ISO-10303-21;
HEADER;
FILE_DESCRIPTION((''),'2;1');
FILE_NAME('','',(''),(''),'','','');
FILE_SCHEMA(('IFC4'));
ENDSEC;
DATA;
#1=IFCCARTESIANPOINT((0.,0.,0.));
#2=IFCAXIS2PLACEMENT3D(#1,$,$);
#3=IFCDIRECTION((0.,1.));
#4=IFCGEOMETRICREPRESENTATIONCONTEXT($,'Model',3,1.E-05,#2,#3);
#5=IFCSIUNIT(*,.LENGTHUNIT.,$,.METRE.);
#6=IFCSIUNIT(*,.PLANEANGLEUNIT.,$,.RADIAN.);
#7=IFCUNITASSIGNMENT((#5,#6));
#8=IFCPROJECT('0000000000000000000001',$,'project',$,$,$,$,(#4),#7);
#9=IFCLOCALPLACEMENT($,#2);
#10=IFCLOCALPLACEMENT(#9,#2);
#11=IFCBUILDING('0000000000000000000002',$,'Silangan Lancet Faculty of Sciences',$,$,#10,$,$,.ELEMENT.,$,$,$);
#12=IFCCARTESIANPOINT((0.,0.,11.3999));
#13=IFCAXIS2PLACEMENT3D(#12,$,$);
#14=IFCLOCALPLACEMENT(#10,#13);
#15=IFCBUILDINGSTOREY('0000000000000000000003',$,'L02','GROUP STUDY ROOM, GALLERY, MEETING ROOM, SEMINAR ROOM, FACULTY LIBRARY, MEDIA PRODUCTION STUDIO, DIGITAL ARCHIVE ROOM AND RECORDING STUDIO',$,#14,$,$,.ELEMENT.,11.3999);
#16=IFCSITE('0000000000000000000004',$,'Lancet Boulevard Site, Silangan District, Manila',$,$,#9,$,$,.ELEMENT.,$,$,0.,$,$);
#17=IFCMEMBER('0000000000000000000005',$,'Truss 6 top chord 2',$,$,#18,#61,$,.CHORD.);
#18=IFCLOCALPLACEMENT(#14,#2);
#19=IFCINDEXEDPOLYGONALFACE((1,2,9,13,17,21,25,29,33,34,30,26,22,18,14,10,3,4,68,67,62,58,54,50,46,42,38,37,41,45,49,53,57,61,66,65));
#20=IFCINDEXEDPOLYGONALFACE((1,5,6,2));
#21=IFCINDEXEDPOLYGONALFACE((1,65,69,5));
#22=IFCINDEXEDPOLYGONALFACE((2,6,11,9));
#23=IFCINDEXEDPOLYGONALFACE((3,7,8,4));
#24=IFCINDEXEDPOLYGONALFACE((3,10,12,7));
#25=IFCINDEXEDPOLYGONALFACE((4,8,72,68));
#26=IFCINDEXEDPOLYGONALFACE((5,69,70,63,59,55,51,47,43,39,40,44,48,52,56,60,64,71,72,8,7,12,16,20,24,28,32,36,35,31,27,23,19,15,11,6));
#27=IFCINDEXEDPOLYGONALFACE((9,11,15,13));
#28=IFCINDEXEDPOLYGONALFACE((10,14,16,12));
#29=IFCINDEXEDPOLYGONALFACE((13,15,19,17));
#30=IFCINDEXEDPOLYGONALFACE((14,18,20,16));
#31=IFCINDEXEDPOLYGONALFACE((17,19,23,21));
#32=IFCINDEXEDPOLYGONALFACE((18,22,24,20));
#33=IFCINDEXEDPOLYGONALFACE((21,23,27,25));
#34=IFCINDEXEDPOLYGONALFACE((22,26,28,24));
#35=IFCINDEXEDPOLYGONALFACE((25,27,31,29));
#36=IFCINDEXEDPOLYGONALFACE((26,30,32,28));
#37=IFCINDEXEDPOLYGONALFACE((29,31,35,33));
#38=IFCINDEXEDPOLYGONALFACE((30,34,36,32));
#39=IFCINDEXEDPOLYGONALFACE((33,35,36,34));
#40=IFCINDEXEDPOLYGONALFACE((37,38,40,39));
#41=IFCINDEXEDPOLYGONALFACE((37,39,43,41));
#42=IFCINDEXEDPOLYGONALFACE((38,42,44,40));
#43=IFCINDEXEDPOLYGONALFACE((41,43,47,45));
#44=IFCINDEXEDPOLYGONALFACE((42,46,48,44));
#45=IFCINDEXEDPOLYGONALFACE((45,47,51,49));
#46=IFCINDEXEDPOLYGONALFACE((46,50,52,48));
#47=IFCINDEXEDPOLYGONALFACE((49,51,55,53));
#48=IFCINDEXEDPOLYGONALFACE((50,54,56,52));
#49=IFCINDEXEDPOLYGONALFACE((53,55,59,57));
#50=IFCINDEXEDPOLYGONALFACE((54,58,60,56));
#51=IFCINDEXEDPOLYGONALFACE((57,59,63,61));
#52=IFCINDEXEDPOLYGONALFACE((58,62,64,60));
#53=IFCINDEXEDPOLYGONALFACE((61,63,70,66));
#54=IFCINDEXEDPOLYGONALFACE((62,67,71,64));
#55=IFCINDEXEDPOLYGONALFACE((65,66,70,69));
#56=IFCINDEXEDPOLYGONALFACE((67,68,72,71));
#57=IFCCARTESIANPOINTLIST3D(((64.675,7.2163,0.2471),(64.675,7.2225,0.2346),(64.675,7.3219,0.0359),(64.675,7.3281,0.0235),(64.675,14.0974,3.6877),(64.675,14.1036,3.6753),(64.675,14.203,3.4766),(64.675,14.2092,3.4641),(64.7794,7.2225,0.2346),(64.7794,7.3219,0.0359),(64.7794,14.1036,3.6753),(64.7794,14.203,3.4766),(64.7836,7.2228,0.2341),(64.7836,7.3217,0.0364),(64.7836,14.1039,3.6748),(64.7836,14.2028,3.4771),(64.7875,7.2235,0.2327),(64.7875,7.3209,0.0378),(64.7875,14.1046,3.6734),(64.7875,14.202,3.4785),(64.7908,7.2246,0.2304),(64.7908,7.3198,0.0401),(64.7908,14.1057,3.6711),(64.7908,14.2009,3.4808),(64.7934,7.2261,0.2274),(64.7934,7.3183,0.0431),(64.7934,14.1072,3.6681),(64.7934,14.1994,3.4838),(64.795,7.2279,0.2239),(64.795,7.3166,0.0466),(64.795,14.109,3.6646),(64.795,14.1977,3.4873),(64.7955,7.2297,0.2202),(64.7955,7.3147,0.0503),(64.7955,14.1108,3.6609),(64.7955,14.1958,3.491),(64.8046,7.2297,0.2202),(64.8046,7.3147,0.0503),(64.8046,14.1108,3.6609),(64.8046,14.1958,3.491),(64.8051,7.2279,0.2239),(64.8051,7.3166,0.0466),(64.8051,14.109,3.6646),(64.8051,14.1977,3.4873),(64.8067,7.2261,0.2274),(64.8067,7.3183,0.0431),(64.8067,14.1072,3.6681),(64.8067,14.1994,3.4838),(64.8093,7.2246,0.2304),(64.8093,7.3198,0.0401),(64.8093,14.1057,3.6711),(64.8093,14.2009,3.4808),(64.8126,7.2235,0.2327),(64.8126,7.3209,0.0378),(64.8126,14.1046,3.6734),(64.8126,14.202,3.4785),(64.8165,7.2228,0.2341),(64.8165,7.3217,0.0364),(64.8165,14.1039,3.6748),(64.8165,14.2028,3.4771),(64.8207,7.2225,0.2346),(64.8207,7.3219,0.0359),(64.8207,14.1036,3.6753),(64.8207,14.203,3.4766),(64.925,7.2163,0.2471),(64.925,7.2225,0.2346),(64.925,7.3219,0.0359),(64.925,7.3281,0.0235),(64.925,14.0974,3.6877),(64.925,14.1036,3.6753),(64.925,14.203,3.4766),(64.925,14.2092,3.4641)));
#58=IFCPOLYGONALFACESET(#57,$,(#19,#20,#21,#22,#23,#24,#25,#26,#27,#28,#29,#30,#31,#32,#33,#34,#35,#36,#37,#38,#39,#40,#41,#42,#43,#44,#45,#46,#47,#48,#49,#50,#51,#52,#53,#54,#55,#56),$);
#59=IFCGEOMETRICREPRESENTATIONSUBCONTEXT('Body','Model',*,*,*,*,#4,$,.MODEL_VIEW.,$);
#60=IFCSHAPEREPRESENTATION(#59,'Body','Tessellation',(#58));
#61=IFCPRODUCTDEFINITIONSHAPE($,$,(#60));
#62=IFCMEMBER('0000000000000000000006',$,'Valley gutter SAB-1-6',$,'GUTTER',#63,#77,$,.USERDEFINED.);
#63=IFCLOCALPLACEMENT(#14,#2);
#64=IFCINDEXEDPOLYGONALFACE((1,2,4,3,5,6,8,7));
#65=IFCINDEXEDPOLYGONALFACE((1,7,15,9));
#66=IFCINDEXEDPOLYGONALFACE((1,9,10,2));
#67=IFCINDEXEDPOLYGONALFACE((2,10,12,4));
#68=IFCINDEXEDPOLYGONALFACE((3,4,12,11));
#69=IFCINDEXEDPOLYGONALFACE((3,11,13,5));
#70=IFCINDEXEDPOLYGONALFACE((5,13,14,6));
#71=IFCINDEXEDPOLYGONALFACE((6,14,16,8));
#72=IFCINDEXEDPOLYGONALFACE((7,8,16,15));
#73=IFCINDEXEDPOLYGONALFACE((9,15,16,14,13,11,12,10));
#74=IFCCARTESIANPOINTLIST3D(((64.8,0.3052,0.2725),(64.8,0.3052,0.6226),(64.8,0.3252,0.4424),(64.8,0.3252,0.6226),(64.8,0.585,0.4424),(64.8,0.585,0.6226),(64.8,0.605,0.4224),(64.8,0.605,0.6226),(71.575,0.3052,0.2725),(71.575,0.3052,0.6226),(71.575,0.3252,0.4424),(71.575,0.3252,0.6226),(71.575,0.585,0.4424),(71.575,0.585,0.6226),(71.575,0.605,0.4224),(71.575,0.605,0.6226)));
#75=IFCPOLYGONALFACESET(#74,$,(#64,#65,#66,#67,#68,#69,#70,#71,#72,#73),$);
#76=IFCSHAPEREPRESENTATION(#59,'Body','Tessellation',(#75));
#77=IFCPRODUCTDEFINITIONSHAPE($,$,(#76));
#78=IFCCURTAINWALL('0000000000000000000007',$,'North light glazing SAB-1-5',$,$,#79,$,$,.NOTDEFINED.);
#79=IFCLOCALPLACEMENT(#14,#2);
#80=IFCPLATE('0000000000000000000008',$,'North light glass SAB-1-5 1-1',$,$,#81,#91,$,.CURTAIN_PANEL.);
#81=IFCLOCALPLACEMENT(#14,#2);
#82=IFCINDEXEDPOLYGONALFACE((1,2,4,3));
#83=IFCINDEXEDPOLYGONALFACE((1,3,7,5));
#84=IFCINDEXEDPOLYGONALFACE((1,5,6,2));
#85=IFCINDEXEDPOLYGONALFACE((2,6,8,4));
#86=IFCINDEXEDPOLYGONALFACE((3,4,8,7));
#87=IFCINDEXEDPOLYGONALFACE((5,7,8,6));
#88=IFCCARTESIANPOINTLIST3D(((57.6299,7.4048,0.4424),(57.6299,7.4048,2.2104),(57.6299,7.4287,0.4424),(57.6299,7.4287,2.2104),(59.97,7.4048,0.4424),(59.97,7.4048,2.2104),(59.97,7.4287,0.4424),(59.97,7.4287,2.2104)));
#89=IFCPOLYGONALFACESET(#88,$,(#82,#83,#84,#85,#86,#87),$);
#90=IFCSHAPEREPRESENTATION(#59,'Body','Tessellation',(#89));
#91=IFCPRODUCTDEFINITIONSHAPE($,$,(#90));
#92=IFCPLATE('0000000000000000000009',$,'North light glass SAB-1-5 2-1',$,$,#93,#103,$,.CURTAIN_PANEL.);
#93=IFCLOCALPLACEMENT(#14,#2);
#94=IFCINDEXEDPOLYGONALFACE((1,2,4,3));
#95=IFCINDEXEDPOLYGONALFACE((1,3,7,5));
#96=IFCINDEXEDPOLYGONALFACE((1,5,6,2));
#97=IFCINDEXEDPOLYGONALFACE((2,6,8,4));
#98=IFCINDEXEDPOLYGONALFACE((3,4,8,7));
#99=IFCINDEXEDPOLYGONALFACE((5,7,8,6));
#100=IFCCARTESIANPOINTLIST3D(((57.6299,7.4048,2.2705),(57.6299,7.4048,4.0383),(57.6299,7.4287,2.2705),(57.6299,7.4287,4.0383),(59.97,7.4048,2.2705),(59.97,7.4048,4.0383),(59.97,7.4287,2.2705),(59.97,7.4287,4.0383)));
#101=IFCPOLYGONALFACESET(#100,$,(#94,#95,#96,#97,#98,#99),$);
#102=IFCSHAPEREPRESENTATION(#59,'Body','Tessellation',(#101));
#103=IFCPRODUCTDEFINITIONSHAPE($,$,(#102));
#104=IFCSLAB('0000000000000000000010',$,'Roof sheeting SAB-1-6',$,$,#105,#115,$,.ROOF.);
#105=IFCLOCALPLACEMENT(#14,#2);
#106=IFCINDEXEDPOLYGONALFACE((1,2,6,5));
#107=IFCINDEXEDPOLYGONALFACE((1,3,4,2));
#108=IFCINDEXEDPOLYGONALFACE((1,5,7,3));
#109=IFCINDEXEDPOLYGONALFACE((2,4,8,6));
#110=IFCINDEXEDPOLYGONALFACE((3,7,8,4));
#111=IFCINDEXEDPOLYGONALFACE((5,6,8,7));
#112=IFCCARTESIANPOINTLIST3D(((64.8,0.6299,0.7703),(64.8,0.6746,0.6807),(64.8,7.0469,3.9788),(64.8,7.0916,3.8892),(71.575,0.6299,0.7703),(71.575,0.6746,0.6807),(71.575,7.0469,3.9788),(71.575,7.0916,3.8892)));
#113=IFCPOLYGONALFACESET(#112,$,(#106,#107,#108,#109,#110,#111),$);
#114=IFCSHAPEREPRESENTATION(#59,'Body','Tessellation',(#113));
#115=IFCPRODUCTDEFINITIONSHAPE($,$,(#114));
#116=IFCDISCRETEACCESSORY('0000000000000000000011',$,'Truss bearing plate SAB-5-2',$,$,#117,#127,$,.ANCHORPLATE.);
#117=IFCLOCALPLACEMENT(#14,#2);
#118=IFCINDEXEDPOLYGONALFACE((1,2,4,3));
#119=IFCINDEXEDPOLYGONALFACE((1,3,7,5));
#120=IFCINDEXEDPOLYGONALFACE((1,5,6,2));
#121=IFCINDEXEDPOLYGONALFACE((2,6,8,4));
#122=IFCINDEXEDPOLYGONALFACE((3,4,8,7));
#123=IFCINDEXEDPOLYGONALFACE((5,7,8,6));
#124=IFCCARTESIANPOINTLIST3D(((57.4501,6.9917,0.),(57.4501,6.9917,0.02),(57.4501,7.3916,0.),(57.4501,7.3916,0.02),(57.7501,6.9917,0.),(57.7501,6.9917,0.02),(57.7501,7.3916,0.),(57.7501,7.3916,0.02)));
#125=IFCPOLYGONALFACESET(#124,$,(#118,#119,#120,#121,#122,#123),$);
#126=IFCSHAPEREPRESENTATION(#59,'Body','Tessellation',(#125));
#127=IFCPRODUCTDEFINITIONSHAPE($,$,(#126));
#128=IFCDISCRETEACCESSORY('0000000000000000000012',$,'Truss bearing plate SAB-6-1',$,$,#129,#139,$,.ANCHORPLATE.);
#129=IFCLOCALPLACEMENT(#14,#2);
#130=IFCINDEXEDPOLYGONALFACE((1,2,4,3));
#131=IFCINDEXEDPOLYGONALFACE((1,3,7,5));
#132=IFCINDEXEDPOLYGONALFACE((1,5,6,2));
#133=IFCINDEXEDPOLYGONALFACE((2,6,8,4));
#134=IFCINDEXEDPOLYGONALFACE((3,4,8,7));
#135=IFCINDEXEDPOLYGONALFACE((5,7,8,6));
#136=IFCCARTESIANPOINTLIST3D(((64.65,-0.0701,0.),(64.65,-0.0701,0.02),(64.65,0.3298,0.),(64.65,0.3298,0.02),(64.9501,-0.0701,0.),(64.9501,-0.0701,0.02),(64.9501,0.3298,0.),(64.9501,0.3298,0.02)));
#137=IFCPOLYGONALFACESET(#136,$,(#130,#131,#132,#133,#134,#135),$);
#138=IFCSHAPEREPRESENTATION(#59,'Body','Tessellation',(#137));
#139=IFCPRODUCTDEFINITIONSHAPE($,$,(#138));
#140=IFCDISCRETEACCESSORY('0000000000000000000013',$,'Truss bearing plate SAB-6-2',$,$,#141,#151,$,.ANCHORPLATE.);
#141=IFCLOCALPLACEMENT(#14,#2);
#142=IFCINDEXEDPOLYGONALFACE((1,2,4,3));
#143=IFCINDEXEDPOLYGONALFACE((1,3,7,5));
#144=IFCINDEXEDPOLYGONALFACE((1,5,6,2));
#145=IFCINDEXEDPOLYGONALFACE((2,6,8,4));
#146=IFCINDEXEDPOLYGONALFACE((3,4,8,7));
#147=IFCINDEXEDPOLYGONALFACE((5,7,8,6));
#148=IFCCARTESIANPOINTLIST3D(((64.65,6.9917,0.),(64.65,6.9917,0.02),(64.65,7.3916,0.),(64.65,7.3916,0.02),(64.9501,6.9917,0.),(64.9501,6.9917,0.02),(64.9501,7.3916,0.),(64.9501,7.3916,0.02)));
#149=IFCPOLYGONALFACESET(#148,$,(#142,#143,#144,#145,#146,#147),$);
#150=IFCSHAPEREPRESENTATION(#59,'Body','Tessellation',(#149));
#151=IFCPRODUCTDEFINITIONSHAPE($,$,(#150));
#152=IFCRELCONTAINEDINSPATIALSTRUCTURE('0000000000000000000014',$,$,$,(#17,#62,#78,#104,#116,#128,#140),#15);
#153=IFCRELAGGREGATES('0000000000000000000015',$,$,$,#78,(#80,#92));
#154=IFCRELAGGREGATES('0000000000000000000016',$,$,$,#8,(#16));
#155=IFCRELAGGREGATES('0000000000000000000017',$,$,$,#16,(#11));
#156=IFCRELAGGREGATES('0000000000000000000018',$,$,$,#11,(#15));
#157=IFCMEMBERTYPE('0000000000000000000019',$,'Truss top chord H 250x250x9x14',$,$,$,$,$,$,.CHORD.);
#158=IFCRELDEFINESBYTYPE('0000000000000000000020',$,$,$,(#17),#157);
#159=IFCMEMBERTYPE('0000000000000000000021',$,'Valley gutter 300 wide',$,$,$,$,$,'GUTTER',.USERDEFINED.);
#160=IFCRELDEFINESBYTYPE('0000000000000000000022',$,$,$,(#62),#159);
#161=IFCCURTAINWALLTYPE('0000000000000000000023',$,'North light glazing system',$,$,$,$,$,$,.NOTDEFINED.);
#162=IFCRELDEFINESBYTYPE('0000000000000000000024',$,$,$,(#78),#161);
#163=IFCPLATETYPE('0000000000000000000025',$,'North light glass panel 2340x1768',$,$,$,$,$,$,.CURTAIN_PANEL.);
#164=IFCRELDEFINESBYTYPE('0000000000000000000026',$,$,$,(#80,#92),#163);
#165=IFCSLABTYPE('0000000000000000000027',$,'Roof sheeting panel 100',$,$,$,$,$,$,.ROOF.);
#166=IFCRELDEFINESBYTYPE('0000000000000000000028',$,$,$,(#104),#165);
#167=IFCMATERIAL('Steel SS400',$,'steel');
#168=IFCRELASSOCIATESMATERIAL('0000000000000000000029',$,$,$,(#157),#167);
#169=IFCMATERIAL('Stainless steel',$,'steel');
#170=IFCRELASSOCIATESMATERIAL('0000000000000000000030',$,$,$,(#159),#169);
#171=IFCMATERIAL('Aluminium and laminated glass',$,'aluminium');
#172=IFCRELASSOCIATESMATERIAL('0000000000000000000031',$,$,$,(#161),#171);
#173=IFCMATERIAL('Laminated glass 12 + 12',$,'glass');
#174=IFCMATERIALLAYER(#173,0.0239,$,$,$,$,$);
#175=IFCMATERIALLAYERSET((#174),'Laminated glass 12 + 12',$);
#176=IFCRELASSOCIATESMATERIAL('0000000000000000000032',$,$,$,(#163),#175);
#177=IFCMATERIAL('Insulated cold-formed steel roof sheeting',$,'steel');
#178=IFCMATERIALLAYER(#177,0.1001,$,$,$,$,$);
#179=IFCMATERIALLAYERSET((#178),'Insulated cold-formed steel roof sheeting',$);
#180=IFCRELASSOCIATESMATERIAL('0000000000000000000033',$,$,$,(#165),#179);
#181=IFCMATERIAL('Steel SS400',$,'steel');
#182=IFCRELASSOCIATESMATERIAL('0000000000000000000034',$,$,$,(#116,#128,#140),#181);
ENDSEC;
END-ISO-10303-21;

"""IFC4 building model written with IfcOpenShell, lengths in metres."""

from ifc_helpers import new_model, si_unit, direction, frame, origin, origin_2d, place, context, subcontext, project, spatial, polyline, rectangle, i_section, outline, extrude, material, layer, layer_set, material_profile, profile_set, type_object, element, aggregate, save


model = new_model("IFC4")

# Units and contexts
model_context = context("Model", 3, precision=1e-05, world=origin(), true_north=direction((0.0, 1.0)))
body_context = subcontext(model_context, "Body", "Model", "MODEL_VIEW")
ifc_project = project(units=[si_unit("LENGTHUNIT", "METRE"), si_unit("PLANEANGLEUNIT", "RADIAN")], contexts=[model_context])

# Site, building, storey
site_placement = place(None, origin())
site = spatial("IfcSite", under=ifc_project, at=site_placement, Name="Lancet Boulevard Site, Silangan District, Manila", CompositionType="ELEMENT", RefElevation=0.0)
building_placement = place(site_placement, origin())
building = spatial("IfcBuilding", under=site, at=building_placement, Name="Silangan Lancet Faculty of Sciences", CompositionType="ELEMENT")
storey_placement = place(building_placement, frame((0.0, 0.0, 11.3999)))
storey = spatial("IfcBuildingStorey", under=building, at=storey_placement, Name="L02", Description="GROUP STUDY ROOM, GALLERY, MEETING ROOM, SEMINAR ROOM, FACULTY LIBRARY, MEDIA PRODUCTION STUDIO, DIGITAL ARCHIVE ROOM AND RECORDING STUDIO", CompositionType="ELEMENT", Elevation=11.3999)

# Members
ifc_material_1 = material(Name="Steel SS400", Category="steel")
ifc_material_profile_1 = material_profile(ifc_material_1, i_section(OverallWidth=0.25, OverallDepth=0.25, WebThickness=0.009, FlangeThickness=0.0139, FilletRadius=0.0161, at=origin_2d()), Name="H 250x250x9x14")
ifc_profile_set_1 = profile_set([ifc_material_profile_1], Name="Steel SS400")
member_type_1 = type_object("IfcMemberType", Name="Truss top chord H 250x250x9x14", PredefinedType="CHORD", material=ifc_profile_set_1)
for number, where, z_axis, x_axis, name in (
    (1, (64.8, 7.2722, 0.1353), (0.0, 0.894421, 0.447226), (-1.0, 0.0, 0.0), "Truss 6 top chord 2"),
):
    element("IfcMember", number, at=place(storey_placement, frame(where, z_axis=z_axis, x_axis=x_axis)), inside=storey, type_object=member_type_1, Name=name, PredefinedType="CHORD", context=body_context, shape_type="SweptSolid", body=[
        extrude(i_section(OverallWidth=0.25, OverallDepth=0.25, WebThickness=0.009, FlangeThickness=0.0139, FilletRadius=0.0161, at=origin_2d()), origin(), (0.0, 0.0, 1.0), 7.6934),
    ])
ifc_material_2 = material(Name="Stainless steel", Category="steel")
ifc_material_profile_2 = material_profile(ifc_material_2, outline(polyline([(-0.1499, 0.0), (0.1499, 0.1499), (0.1499, 0.3501), (0.1299, 0.3501), (0.1299, 0.1699), (-0.1299, 0.1699), (-0.1299, 0.3501), (-0.1499, 0.3501), (-0.1499, 0.0)])), Name="valley gutter")
ifc_profile_set_2 = profile_set([ifc_material_profile_2], Name="Stainless steel")
member_type_2 = type_object("IfcMemberType", Name="Valley gutter 300 wide", ElementType="GUTTER", PredefinedType="USERDEFINED", material=ifc_profile_set_2)
member_1_placement = place(storey_placement, frame((64.8, 0.4551, 0.2725), z_axis=(1.0, 0.0, 0.0), x_axis=(0.0, 1.0, 0.0)))
element("IfcMember", 2, at=member_1_placement, inside=storey, type_object=member_type_2, Name="Valley gutter SAB-1-6", ObjectType="GUTTER", PredefinedType="USERDEFINED", context=body_context, shape_type="SweptSolid", body=[
    extrude(outline(polyline([(-0.1499, 0.0), (0.1499, 0.1499), (0.1499, 0.3501), (0.1299, 0.3501), (0.1299, 0.1699), (-0.1299, 0.1699), (-0.1299, 0.3501), (-0.1499, 0.3501), (-0.1499, 0.0)])), origin(), (0.0, 0.0, 1.0), 6.7749),
])

# Curtain wall, plates
ifc_material_3 = material(Name="Aluminium and laminated glass", Category="aluminium")
curtain_wall_type = type_object("IfcCurtainWallType", Name="North light glazing system", PredefinedType="NOTDEFINED", material=ifc_material_3)
curtain_wall_placement = place(storey_placement, origin())
curtain_wall = element("IfcCurtainWall", 3, at=curtain_wall_placement, inside=storey, type_object=curtain_wall_type, Name="North light glazing SAB-1-5", PredefinedType="NOTDEFINED")
ifc_material_4 = material(Name="Laminated glass 12 + 12", Category="glass")
ifc_layer_1 = layer(ifc_material_4, 0.0239)
ifc_layer_set_1 = layer_set([ifc_layer_1], Name="Laminated glass 12 + 12")
plate_type = type_object("IfcPlateType", Name="North light glass panel 2340x1768", PredefinedType="CURTAIN_PANEL", material=ifc_layer_set_1)
plate_1_placement = place(storey_placement, frame((57.6299, 7.4048, 0.4424), z_axis=(0.0, -1.0, 0.0), x_axis=(1.0, 0.0, 0.0)))
plate_1 = element("IfcPlate", 4, at=plate_1_placement, type_object=plate_type, Name="North light glass SAB-1-5 1-1", PredefinedType="CURTAIN_PANEL", context=body_context, shape_type="SweptSolid", body=[
    extrude(outline(polyline([(0.0, 0.0), (2.3401, 0.0), (2.3401, 1.7681), (0.0, 1.7681), (0.0, 0.0)])), origin(), (0.0, 0.0, -1.0), 0.0239),
])
plate_2_placement = place(storey_placement, frame((57.6299, 7.4048, 2.2705), z_axis=(0.0, -1.0, 0.0), x_axis=(1.0, 0.0, 0.0)))
plate_2 = element("IfcPlate", 5, at=plate_2_placement, type_object=plate_type, Name="North light glass SAB-1-5 2-1", PredefinedType="CURTAIN_PANEL", context=body_context, shape_type="SweptSolid", body=[
    extrude(outline(polyline([(0.0, 0.0), (2.3401, 0.0), (2.3401, 1.7678), (0.0, 1.7678), (0.0, 0.0)])), origin(), (0.0, 0.0, -1.0), 0.0239),
])
aggregate(curtain_wall, [plate_1, plate_2])

# Slab
ifc_material_5 = material(Name="Insulated cold-formed steel roof sheeting", Category="steel")
ifc_layer_2 = layer(ifc_material_5, 0.1001)
ifc_layer_set_2 = layer_set([ifc_layer_2], Name="Insulated cold-formed steel roof sheeting")
slab_type = type_object("IfcSlabType", Name="Roof sheeting panel 100", PredefinedType="ROOF", material=ifc_layer_set_2)
slab_placement = place(storey_placement, frame((64.8, 0.6299, 0.7703), z_axis=(0.0, -0.447214, 0.894427), x_axis=(1.0, 0.0, 0.0)))
element("IfcSlab", 6, at=slab_placement, inside=storey, type_object=slab_type, Name="Roof sheeting SAB-1-6", PredefinedType="ROOF", context=body_context, shape_type="SweptSolid", body=[
    extrude(outline(polyline([(0.0, 0.0), (6.7749, 0.0), (6.7749, 7.1744), (0.0, 7.1744), (0.0, 0.0)])), origin(), (0.0, 0.0, -1.0), 0.1001),
])

# Discrete accessories
ifc_material_6 = material(Name="Steel SS400", Category="steel")
for number, where, z_axis, x_axis, name in (
    (7, (57.6001, 7.1917, 0.0), (0.0, 0.0, 1.0), (1.0, 0.0, 0.0), "Truss bearing plate SAB-5-2"),
    (8, (64.8, 0.1299, 0.0), (0.0, 0.0, 1.0), (1.0, 0.0, 0.0), "Truss bearing plate SAB-6-1"),
    (9, (64.8, 7.1917, 0.0), (0.0, 0.0, 1.0), (1.0, 0.0, 0.0), "Truss bearing plate SAB-6-2"),
):
    element("IfcDiscreteAccessory", number, at=place(storey_placement, frame(where, z_axis=z_axis, x_axis=x_axis)), inside=storey, material=ifc_material_6, Name=name, PredefinedType="ANCHORPLATE", context=body_context, shape_type="SweptSolid", body=[
        extrude(rectangle(XDim=0.3, YDim=0.3999, at=origin_2d()), origin(), (0.0, 0.0, 1.0), 0.02),
    ])

save(model, "model.ifc")
